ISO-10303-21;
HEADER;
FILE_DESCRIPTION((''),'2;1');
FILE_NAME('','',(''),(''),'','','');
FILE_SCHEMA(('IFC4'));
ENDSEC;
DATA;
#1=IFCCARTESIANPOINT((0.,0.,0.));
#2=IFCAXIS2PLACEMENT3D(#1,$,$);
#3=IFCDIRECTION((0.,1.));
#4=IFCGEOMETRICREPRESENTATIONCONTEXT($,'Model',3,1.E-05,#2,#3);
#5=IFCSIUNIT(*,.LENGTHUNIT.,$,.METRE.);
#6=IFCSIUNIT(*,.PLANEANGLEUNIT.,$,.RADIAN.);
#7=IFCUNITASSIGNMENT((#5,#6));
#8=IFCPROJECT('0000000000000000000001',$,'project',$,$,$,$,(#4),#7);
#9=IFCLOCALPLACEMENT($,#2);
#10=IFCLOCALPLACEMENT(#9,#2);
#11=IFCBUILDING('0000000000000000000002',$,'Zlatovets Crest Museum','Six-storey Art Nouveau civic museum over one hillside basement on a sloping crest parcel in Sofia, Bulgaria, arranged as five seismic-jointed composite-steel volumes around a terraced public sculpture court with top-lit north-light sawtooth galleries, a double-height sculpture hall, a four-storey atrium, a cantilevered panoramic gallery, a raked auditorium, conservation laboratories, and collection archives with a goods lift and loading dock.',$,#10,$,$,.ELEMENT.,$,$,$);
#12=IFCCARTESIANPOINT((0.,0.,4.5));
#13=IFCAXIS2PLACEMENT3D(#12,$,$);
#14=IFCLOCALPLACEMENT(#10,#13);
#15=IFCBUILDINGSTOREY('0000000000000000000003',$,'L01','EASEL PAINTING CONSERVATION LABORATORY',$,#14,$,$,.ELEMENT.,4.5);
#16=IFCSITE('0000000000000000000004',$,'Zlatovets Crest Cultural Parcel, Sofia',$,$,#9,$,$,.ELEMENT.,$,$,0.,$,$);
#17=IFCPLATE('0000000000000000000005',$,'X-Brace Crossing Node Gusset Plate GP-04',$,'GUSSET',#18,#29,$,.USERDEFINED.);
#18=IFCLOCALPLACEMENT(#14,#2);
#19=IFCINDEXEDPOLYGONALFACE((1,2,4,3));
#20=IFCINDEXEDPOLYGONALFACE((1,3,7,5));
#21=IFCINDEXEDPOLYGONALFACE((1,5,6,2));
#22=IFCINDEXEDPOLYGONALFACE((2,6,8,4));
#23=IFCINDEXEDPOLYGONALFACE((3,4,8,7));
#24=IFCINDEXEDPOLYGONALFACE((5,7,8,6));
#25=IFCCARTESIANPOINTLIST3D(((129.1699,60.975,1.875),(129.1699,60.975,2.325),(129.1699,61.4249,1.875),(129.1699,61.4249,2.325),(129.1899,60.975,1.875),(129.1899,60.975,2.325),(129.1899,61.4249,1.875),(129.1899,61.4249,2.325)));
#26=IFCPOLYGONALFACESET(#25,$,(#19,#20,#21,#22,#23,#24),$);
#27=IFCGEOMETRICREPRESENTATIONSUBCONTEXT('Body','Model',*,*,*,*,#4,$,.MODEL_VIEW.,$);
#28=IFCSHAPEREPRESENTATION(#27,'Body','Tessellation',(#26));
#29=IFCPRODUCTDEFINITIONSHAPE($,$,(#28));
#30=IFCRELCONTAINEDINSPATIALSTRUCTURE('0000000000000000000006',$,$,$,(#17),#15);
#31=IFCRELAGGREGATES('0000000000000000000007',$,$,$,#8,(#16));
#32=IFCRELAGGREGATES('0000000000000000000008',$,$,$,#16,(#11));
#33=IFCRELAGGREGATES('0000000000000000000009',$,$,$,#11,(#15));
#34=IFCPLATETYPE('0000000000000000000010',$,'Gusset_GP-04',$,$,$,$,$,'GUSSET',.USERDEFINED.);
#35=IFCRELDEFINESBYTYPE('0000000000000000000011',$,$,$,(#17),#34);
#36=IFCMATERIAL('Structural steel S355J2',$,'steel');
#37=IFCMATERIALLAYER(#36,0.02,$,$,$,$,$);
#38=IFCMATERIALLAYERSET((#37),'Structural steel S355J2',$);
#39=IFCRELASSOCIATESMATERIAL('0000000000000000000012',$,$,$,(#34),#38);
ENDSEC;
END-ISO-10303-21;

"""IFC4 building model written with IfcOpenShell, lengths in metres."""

from ifc_helpers import new_model, si_unit, direction, frame, origin, origin_2d, place, context, subcontext, project, spatial, rectangle, extrude, material, layer, layer_set, type_object, element, save


model = new_model("IFC4")

# Units and contexts
model_context = context("Model", 3, precision=1e-05, world=origin(), true_north=direction((0.0, 1.0)))
body_context = subcontext(model_context, "Body", "Model", "MODEL_VIEW")
ifc_project = project(units=[si_unit("LENGTHUNIT", "METRE"), si_unit("PLANEANGLEUNIT", "RADIAN")], contexts=[model_context])

# Site, building, storey
site_placement = place(None, origin())
site = spatial("IfcSite", under=ifc_project, at=site_placement, Name="Zlatovets Crest Cultural Parcel, Sofia", CompositionType="ELEMENT", RefElevation=0.0)
building_placement = place(site_placement, origin())
building = spatial("IfcBuilding", under=site, at=building_placement, Name="Zlatovets Crest Museum", Description="Six-storey Art Nouveau civic museum over one hillside basement on a sloping crest parcel in Sofia, Bulgaria, arranged as five seismic-jointed composite-steel volumes around a terraced public sculpture court with top-lit north-light sawtooth galleries, a double-height sculpture hall, a four-storey atrium, a cantilevered panoramic gallery, a raked auditorium, conservation laboratories, and collection archives with a goods lift and loading dock.", CompositionType="ELEMENT")
storey_placement = place(building_placement, frame((0.0, 0.0, 4.5)))
storey = spatial("IfcBuildingStorey", under=building, at=storey_placement, Name="L01", Description="EASEL PAINTING CONSERVATION LABORATORY", CompositionType="ELEMENT", Elevation=4.5)

# Shared definitions
ifc_material_1 = material(Name="Structural steel S355J2", Category="steel")

# Plate
ifc_layer_1 = layer(ifc_material_1, 0.02)
ifc_layer_set_1 = layer_set([ifc_layer_1], Name="Structural steel S355J2")
plate_type_1 = type_object("IfcPlateType", Name="Gusset_GP-04", ElementType="GUSSET", PredefinedType="USERDEFINED", material=ifc_layer_set_1)
plate_1_placement = place(storey_placement, frame((129.1799, 61.2, 1.875), z_axis=(0.0, 0.0, 1.0), x_axis=(1.0, 0.0, 0.0)))
element("IfcPlate", 1, at=plate_1_placement, inside=storey, type_object=plate_type_1, Name="X-Brace Crossing Node Gusset Plate GP-04", ObjectType="GUSSET", PredefinedType="USERDEFINED", context=body_context, shape_type="SweptSolid", body=[
    extrude(rectangle(XDim=0.02, YDim=0.45, at=origin_2d()), origin(), (0.0, 0.0, 1.0), 0.45),
])

save(model, "model.ifc")
